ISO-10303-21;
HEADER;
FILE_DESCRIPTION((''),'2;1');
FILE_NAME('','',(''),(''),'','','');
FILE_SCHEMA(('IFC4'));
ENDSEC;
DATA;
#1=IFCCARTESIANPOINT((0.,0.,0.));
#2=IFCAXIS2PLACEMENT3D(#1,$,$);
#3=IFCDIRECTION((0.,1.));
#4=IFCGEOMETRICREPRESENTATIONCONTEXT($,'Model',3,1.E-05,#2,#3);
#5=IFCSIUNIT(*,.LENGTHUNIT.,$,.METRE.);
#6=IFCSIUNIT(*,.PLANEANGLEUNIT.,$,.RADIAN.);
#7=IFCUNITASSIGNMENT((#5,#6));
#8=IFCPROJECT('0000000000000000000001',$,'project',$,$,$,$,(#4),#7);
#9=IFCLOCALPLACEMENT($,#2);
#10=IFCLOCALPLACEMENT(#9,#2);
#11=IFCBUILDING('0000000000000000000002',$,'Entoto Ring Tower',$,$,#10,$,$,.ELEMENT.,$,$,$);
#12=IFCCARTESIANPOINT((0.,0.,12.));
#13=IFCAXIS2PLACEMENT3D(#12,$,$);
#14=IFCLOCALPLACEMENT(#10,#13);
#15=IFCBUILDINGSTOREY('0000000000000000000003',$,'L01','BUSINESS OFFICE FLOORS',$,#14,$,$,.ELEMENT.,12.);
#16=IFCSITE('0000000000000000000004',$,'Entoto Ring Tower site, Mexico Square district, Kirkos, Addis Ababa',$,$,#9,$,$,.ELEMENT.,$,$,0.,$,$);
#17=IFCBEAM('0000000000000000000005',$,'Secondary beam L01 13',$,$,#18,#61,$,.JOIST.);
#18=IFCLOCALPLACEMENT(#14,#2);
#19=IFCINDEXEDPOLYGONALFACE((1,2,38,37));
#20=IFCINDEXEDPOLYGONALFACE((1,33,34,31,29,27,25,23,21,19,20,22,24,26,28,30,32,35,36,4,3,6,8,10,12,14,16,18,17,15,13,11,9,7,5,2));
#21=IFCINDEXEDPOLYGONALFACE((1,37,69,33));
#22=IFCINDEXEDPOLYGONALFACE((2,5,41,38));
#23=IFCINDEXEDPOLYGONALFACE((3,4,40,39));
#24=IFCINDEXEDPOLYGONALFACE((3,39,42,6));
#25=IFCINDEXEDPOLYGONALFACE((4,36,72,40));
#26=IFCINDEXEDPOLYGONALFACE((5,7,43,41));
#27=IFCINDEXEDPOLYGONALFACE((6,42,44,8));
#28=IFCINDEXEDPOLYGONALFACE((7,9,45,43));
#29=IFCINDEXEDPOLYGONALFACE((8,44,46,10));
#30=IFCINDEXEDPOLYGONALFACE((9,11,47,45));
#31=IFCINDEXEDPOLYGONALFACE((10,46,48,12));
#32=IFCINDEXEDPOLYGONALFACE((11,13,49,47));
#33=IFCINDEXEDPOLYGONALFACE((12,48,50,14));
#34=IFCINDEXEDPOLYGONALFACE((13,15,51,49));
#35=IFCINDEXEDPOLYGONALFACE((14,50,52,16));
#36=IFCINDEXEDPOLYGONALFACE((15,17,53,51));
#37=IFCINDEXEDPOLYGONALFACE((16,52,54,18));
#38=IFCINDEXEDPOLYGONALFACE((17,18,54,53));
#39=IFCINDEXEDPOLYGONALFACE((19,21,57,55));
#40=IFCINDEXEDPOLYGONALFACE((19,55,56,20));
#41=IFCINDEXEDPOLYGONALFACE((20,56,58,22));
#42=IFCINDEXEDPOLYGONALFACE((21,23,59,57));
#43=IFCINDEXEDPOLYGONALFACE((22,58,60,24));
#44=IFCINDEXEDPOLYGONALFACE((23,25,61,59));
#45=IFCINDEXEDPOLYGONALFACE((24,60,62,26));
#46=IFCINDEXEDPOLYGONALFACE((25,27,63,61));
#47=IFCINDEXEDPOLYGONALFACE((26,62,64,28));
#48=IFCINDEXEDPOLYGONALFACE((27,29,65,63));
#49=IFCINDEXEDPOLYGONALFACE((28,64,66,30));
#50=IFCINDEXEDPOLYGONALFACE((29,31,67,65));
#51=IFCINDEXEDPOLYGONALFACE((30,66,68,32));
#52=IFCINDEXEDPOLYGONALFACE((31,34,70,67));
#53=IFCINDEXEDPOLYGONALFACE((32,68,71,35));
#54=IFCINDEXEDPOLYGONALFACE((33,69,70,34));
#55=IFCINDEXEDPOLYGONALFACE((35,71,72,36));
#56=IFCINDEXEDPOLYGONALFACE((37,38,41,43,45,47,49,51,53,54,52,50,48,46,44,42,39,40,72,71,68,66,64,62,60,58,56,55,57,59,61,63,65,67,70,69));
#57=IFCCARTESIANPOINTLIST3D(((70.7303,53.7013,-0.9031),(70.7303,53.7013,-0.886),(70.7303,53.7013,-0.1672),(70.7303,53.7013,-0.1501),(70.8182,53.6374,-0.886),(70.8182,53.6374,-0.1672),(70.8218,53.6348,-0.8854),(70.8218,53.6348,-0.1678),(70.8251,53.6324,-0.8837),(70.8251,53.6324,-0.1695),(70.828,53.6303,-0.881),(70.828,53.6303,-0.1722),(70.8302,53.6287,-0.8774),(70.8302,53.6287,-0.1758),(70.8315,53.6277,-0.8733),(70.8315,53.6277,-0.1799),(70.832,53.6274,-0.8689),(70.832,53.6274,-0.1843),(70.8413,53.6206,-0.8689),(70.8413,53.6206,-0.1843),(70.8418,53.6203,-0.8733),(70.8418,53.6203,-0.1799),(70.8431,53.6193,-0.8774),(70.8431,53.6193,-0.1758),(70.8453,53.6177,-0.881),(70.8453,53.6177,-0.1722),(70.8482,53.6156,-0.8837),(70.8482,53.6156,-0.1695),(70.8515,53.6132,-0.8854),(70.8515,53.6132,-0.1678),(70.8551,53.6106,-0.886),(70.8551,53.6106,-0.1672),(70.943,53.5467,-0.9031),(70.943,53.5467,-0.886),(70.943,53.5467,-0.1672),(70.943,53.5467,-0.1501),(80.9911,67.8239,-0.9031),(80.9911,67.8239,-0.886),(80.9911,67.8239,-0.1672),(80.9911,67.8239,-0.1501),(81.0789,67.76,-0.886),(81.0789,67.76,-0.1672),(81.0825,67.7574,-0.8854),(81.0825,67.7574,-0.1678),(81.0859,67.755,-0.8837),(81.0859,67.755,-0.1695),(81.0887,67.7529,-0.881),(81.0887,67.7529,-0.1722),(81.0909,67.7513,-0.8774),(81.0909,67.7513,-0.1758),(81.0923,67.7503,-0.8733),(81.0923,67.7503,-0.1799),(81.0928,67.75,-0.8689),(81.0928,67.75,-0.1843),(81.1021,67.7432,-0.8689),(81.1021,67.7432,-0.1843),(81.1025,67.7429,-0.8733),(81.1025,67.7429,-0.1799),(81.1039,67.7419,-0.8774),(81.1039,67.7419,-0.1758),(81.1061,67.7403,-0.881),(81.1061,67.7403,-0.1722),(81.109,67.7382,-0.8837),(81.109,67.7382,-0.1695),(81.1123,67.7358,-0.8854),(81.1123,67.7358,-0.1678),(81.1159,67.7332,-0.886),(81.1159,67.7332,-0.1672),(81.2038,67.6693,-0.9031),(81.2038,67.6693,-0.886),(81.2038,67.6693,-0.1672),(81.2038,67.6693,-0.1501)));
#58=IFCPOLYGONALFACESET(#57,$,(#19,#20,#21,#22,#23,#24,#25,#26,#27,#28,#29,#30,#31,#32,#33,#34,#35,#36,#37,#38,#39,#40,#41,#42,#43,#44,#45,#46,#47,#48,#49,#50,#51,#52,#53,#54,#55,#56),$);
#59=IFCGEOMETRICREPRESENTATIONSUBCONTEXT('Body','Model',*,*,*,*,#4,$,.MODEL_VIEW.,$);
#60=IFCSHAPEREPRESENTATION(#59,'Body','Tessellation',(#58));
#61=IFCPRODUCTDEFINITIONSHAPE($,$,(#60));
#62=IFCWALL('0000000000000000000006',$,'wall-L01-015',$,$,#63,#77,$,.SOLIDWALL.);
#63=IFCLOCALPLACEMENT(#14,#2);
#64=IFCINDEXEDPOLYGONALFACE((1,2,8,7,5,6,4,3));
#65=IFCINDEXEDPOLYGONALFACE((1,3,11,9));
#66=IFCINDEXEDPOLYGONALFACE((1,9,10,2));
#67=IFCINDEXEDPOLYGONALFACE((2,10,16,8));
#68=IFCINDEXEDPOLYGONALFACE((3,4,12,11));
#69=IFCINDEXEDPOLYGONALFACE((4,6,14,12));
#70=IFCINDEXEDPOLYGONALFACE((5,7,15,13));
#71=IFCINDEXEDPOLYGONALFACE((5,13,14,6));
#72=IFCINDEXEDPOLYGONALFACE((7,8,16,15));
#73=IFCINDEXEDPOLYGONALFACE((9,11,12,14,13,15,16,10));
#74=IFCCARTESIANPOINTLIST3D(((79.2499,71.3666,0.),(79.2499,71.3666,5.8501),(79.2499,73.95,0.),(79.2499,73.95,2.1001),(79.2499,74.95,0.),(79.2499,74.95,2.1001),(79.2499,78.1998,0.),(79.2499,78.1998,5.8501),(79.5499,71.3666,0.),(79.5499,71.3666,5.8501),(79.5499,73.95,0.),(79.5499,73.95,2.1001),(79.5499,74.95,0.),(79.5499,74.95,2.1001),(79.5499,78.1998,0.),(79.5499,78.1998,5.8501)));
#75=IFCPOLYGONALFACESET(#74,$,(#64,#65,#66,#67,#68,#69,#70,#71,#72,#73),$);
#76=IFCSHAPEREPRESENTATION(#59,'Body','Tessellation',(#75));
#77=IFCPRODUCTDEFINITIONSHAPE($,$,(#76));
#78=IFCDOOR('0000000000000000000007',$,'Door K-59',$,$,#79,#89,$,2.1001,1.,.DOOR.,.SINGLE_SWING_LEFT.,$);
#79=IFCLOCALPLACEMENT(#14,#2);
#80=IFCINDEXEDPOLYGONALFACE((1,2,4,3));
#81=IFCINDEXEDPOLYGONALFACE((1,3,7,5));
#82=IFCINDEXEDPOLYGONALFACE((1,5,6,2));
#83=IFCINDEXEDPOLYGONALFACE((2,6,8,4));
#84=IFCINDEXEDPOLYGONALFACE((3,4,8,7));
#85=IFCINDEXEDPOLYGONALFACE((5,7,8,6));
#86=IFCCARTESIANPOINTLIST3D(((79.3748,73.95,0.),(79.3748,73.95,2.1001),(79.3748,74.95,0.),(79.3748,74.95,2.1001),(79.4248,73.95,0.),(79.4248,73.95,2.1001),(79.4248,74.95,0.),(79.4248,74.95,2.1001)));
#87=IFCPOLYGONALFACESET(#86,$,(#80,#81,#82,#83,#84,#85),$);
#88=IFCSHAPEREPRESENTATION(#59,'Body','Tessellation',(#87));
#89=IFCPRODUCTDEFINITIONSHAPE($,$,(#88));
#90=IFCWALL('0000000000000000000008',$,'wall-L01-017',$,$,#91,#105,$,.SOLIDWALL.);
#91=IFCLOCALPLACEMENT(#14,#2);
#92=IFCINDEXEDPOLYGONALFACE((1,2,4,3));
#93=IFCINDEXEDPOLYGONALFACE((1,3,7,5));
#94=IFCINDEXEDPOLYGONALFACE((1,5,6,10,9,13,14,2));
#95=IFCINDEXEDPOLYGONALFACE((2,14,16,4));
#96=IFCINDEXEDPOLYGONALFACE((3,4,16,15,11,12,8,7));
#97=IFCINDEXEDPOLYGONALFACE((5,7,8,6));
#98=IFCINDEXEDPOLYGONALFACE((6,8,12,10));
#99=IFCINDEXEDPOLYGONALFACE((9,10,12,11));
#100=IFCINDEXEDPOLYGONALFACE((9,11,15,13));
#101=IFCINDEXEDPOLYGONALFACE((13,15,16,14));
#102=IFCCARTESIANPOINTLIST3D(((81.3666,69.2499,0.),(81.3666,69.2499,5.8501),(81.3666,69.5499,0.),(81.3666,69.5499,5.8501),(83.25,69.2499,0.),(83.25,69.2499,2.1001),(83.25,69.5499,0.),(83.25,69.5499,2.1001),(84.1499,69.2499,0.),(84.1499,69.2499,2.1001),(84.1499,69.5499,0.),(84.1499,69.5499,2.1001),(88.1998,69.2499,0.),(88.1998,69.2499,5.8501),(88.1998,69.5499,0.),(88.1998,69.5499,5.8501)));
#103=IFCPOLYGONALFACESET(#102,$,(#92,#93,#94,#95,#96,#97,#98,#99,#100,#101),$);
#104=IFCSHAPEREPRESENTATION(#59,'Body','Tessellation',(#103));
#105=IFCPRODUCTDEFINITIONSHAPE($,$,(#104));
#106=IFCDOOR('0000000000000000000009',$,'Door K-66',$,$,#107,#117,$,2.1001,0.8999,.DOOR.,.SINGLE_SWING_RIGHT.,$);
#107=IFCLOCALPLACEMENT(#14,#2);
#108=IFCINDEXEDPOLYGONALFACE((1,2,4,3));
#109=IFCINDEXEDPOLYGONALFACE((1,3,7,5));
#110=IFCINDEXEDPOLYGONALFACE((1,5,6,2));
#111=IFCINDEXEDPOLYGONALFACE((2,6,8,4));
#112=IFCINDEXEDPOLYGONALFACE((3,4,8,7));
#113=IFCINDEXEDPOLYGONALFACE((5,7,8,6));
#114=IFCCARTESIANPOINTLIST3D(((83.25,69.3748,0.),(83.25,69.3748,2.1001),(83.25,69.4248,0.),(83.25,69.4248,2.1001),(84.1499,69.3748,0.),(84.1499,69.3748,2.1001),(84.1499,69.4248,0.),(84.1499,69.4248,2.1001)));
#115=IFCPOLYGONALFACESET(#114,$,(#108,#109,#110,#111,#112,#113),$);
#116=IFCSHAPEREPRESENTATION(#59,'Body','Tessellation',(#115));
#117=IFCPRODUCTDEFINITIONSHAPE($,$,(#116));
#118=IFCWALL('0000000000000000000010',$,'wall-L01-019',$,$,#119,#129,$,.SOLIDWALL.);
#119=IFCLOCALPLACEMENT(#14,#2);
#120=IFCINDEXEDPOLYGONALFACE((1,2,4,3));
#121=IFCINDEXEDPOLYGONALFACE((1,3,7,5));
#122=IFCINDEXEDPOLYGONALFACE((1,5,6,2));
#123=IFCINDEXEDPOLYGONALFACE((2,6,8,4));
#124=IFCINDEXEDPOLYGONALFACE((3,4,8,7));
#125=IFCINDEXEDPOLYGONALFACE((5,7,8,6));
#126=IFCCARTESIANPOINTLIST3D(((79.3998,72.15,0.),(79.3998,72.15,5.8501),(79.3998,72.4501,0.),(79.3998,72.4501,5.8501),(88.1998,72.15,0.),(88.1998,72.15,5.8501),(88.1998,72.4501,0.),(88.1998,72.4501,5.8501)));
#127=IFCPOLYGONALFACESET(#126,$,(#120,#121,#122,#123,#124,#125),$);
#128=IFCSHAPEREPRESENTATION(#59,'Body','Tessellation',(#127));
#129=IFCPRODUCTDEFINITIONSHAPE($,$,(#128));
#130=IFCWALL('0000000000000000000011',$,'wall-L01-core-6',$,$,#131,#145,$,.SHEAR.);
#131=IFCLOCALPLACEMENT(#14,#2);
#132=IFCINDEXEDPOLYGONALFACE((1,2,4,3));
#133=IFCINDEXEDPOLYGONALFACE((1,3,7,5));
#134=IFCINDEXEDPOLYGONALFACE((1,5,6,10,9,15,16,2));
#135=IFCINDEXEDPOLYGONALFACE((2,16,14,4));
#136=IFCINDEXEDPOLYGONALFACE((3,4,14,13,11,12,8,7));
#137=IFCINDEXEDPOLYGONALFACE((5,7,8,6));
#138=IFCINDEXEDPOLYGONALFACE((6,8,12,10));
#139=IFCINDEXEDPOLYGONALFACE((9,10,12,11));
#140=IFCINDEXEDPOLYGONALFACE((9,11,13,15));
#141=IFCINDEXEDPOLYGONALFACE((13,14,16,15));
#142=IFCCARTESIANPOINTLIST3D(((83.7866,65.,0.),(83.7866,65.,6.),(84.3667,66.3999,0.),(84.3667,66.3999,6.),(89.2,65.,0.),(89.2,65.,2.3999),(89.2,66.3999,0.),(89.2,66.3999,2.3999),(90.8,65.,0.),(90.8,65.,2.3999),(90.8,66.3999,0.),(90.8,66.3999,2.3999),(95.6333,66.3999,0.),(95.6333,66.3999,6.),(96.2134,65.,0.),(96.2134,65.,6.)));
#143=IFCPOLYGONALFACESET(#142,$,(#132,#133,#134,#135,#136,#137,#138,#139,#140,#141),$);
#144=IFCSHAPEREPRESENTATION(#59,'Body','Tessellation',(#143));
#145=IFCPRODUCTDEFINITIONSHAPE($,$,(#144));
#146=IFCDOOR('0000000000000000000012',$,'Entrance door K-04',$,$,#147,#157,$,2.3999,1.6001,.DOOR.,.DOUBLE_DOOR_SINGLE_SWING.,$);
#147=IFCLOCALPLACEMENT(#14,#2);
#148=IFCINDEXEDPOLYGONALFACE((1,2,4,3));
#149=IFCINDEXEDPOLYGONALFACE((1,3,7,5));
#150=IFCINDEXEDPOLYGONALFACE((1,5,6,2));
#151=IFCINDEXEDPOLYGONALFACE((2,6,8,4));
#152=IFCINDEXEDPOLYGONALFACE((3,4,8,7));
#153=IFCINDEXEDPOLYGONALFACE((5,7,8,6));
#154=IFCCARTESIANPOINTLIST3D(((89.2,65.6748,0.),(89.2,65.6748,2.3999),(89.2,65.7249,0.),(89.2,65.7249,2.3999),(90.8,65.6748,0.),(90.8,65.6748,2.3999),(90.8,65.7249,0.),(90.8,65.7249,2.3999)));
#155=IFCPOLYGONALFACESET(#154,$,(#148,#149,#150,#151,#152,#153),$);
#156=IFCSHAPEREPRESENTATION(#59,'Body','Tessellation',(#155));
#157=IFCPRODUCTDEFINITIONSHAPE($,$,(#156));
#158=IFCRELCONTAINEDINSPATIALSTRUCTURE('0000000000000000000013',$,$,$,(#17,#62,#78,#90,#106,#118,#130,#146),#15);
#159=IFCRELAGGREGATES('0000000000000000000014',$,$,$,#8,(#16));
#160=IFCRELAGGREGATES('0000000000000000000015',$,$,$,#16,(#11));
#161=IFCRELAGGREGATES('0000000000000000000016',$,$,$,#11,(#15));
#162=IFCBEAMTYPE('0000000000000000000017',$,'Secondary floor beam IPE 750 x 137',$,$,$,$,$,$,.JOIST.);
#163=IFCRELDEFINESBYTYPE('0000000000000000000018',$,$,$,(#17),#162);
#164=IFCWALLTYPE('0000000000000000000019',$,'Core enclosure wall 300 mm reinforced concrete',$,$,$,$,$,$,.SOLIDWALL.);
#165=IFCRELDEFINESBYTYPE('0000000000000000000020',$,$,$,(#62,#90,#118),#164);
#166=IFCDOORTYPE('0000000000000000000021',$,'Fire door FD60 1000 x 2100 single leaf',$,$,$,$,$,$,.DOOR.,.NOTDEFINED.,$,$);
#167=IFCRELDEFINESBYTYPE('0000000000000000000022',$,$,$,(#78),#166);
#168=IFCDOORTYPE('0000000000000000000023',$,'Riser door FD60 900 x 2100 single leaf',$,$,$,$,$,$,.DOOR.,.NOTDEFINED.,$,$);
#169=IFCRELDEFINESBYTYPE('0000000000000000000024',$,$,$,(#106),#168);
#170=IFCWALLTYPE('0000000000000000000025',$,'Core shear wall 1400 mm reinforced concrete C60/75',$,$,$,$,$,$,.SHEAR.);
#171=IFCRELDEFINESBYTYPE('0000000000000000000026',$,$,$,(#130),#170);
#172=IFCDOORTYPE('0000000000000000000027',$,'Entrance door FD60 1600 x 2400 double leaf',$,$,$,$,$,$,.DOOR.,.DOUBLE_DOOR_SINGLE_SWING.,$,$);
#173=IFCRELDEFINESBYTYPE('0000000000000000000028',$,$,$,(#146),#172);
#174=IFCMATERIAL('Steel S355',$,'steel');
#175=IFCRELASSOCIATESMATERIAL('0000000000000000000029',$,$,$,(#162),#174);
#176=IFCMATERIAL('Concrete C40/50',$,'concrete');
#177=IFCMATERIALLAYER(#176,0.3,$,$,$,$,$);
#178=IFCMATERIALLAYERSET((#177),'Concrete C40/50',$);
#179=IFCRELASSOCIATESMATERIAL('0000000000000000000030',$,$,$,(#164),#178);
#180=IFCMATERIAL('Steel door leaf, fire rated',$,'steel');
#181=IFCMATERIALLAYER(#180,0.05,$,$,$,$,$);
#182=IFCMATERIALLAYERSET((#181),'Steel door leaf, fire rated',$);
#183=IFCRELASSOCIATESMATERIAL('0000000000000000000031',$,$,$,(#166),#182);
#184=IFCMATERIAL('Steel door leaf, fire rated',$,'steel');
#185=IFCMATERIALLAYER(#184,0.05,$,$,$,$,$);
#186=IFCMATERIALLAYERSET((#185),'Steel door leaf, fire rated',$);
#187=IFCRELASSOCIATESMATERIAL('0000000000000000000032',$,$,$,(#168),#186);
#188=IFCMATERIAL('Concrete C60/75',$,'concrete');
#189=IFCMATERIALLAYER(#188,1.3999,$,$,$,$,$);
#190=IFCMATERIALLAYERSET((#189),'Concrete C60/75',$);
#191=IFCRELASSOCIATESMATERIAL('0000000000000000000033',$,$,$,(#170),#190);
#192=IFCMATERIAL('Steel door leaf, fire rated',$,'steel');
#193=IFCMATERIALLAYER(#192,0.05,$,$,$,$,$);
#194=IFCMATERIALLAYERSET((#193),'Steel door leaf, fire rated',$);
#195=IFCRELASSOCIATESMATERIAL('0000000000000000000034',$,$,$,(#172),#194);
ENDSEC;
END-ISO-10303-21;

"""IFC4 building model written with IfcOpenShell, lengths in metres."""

from ifc_helpers import new_model, si_unit, direction, frame, frame_2d, origin, origin_2d, place, context, subcontext, project, spatial, polyline, rectangle, i_section, outline, extrude, material, layer, layer_set, material_profile, profile_set, type_object, element, fill, save


model = new_model("IFC4")

# Units and contexts
model_context = context("Model", 3, precision=1e-05, world=origin(), true_north=direction((0.0, 1.0)))
body_context = subcontext(model_context, "Body", "Model", "MODEL_VIEW")
ifc_project = project(units=[si_unit("LENGTHUNIT", "METRE"), si_unit("PLANEANGLEUNIT", "RADIAN")], contexts=[model_context])

# Site, building, storey
site_placement = place(None, origin())
site = spatial("IfcSite", under=ifc_project, at=site_placement, Name="Entoto Ring Tower site, Mexico Square district, Kirkos, Addis Ababa", CompositionType="ELEMENT", RefElevation=0.0)
building_placement = place(site_placement, origin())
building = spatial("IfcBuilding", under=site, at=building_placement, Name="Entoto Ring Tower", CompositionType="ELEMENT")
storey_placement = place(building_placement, frame((0.0, 0.0, 12.0)))
storey = spatial("IfcBuildingStorey", under=building, at=storey_placement, Name="L01", Description="BUSINESS OFFICE FLOORS", CompositionType="ELEMENT", Elevation=12.0)

# Beam
ifc_material_1 = material(Name="Steel S355", Category="steel")
ifc_material_profile_1 = material_profile(ifc_material_1, i_section(OverallWidth=0.2629, OverallDepth=0.7529, WebThickness=0.0115, FlangeThickness=0.0171, FilletRadius=0.0171, at=origin_2d()), Name="IPE 750 x 137")
ifc_profile_set_1 = profile_set([ifc_material_profile_1], Name="Steel S355")
beam_type_1 = type_object("IfcBeamType", Name="Secondary floor beam IPE 750 x 137", PredefinedType="JOIST", material=ifc_profile_set_1)
for number, where, z_axis, x_axis, name in (
    (1, (81.0974, 67.7466, -0.5266), (-0.587789, -0.809014, 0.0), (0.809014, -0.587789, 0.0), "Secondary beam L01 13"),
):
    element("IfcBeam", number, at=place(storey_placement, frame(where, z_axis=z_axis, x_axis=x_axis)), inside=storey, type_object=beam_type_1, Name=name, PredefinedType="JOIST", context=body_context, shape_type="SweptSolid", body=[
        extrude(i_section(OverallWidth=0.2629, OverallDepth=0.7529, WebThickness=0.0115, FlangeThickness=0.0171, FilletRadius=0.0171, at=origin_2d()), origin(), (0.0, 0.0, 1.0), 17.4565),
    ])

# Walls, openings, doors
ifc_material_2 = material(Name="Concrete C40/50", Category="concrete")
ifc_layer_1 = layer(ifc_material_2, 0.3)
ifc_layer_set_1 = layer_set([ifc_layer_1], Name="Concrete C40/50")
wall_type_1 = type_object("IfcWallType", Name="Core enclosure wall 300 mm reinforced concrete", PredefinedType="SOLIDWALL", material=ifc_layer_set_1)
wall_1_placement = place(storey_placement, frame((79.3999, 71.3667, 0.0), z_axis=(0.0, 0.0, 1.0), x_axis=(0.0, 1.0, 0.0)))
wall_1 = element("IfcWall", 2, at=wall_1_placement, inside=storey, type_object=wall_type_1, Name="wall-L01-015", PredefinedType="SOLIDWALL", context=body_context, shape_type="SweptSolid", body=[
    extrude(rectangle(XDim=6.8333, YDim=0.3, at=frame_2d((3.4165, 0.0))), origin(), (0.0, 0.0, 1.0), 5.8501),
])
opening_1_placement = place(wall_1_placement, frame((2.5833, 0.0, 0.0)))
opening_1 = element("IfcOpeningElement", 3, at=opening_1_placement, cuts=wall_1, PredefinedType="OPENING", context=body_context, shape_type="SweptSolid", body=[
    extrude(rectangle(XDim=1.0, YDim=2.1001, at=frame_2d((0.5, 1.05))), frame((0.0, 0.1602, 0.0), z_axis=(0.0, -1.0, 0.0), x_axis=(1.0, 0.0, 0.0)), (0.0, 0.0, 1.0), 0.3201),
])
ifc_material_3 = material(Name="Steel door leaf, fire rated", Category="steel")
ifc_layer_2 = layer(ifc_material_3, 0.05)
ifc_layer_set_2 = layer_set([ifc_layer_2], Name="Steel door leaf, fire rated")
door_type_1 = type_object("IfcDoorType", Name="Fire door FD60 1000 x 2100 single leaf", OperationType="NOTDEFINED", PredefinedType="DOOR", material=ifc_layer_set_2)
door_1_placement = place(opening_1_placement, frame((1.0, 0.0, 0.0), z_axis=(0.0, 0.0, 1.0), x_axis=(-1.0, 0.0, 0.0)))
door_1 = element("IfcDoor", 4, at=door_1_placement, inside=storey, type_object=door_type_1, Name="Door K-59", OperationType="SINGLE_SWING_LEFT", OverallHeight=2.1001, OverallWidth=1.0, PredefinedType="DOOR", context=body_context, shape_type="SweptSolid", body=[
    extrude(rectangle(XDim=1.0, YDim=2.1001, at=frame_2d((0.5, 1.05))), frame((0.0, 0.0249, 0.0), z_axis=(0.0, -1.0, 0.0), x_axis=(1.0, 0.0, 0.0)), (0.0, 0.0, 1.0), 0.05),
])
fill(opening_1, door_1)
wall_2_placement = place(storey_placement, frame((81.3667, 69.3999, 0.0), z_axis=(0.0, 0.0, 1.0), x_axis=(1.0, 0.0, 0.0)))
wall_2 = element("IfcWall", 5, at=wall_2_placement, inside=storey, type_object=wall_type_1, Name="wall-L01-017", PredefinedType="SOLIDWALL", context=body_context, shape_type="SweptSolid", body=[
    extrude(rectangle(XDim=6.8333, YDim=0.3, at=frame_2d((3.4165, 0.0))), origin(), (0.0, 0.0, 1.0), 5.8501),
])
opening_2_placement = place(wall_2_placement, frame((1.8833, 0.0, 0.0)))
opening_2 = element("IfcOpeningElement", 6, at=opening_2_placement, cuts=wall_2, PredefinedType="OPENING", context=body_context, shape_type="SweptSolid", body=[
    extrude(rectangle(XDim=0.8999, YDim=2.1001, at=frame_2d((0.45, 1.05))), frame((0.0, 0.1602, 0.0), z_axis=(0.0, -1.0, 0.0), x_axis=(1.0, 0.0, 0.0)), (0.0, 0.0, 1.0), 0.3201),
])
ifc_material_4 = material(Name="Steel door leaf, fire rated", Category="steel")
ifc_layer_3 = layer(ifc_material_4, 0.05)
ifc_layer_set_3 = layer_set([ifc_layer_3], Name="Steel door leaf, fire rated")
door_type_2 = type_object("IfcDoorType", Name="Riser door FD60 900 x 2100 single leaf", OperationType="NOTDEFINED", PredefinedType="DOOR", material=ifc_layer_set_3)
door_2_placement = place(opening_2_placement, origin())
door_2 = element("IfcDoor", 7, at=door_2_placement, inside=storey, type_object=door_type_2, Name="Door K-66", OperationType="SINGLE_SWING_RIGHT", OverallHeight=2.1001, OverallWidth=0.8999, PredefinedType="DOOR", context=body_context, shape_type="SweptSolid", body=[
    extrude(rectangle(XDim=0.8999, YDim=2.1001, at=frame_2d((0.45, 1.05))), frame((0.0, 0.0249, 0.0), z_axis=(0.0, -1.0, 0.0), x_axis=(1.0, 0.0, 0.0)), (0.0, 0.0, 1.0), 0.05),
])
fill(opening_2, door_2)

# Wall
wall_3_placement = place(storey_placement, frame((79.3999, 72.3, 0.0), z_axis=(0.0, 0.0, 1.0), x_axis=(1.0, 0.0, 0.0)))
element("IfcWall", 8, at=wall_3_placement, inside=storey, type_object=wall_type_1, Name="wall-L01-019", PredefinedType="SOLIDWALL", context=body_context, shape_type="SweptSolid", body=[
    extrude(rectangle(XDim=8.8, YDim=0.3, at=frame_2d((4.3999, 0.0))), origin(), (0.0, 0.0, 1.0), 5.8501),
])

# Wall, opening, door
ifc_material_5 = material(Name="Concrete C60/75", Category="concrete")
ifc_layer_4 = layer(ifc_material_5, 1.3999)
ifc_layer_set_4 = layer_set([ifc_layer_4], Name="Concrete C60/75")
wall_type_2 = type_object("IfcWallType", Name="Core shear wall 1400 mm reinforced concrete C60/75", PredefinedType="SHEAR", material=ifc_layer_set_4)
wall_4_placement = place(storey_placement, frame((84.0767, 65.7, 0.0), z_axis=(0.0, 0.0, 1.0), x_axis=(1.0, 0.0, 0.0)))
wall_4 = element("IfcWall", 9, at=wall_4_placement, inside=storey, type_object=wall_type_2, Name="wall-L01-core-6", PredefinedType="SHEAR", context=body_context, shape_type="SweptSolid", body=[
    extrude(outline(polyline([(-0.29, -0.7), (12.1367, -0.7), (11.5566, 0.7), (0.29, 0.7), (-0.29, -0.7)])), origin(), (0.0, 0.0, 1.0), 6.0),
])
opening_3_placement = place(wall_4_placement, frame((5.1233, 0.0, 0.0)))
opening_3 = element("IfcOpeningElement", 10, at=opening_3_placement, cuts=wall_4, PredefinedType="OPENING", context=body_context, shape_type="SweptSolid", body=[
    extrude(rectangle(XDim=1.6001, YDim=2.3999, at=frame_2d((0.8, 1.2))), frame((0.0, 0.71, 0.0), z_axis=(0.0, -1.0, 0.0), x_axis=(1.0, 0.0, 0.0)), (0.0, 0.0, 1.0), 1.4199),
])
ifc_material_6 = material(Name="Steel door leaf, fire rated", Category="steel")
ifc_layer_5 = layer(ifc_material_6, 0.05)
ifc_layer_set_5 = layer_set([ifc_layer_5], Name="Steel door leaf, fire rated")
door_type_3 = type_object("IfcDoorType", Name="Entrance door FD60 1600 x 2400 double leaf", OperationType="DOUBLE_DOOR_SINGLE_SWING", PredefinedType="DOOR", material=ifc_layer_set_5)
door_3_placement = place(opening_3_placement, origin())
door_3 = element("IfcDoor", 11, at=door_3_placement, inside=storey, type_object=door_type_3, Name="Entrance door K-04", OperationType="DOUBLE_DOOR_SINGLE_SWING", OverallHeight=2.3999, OverallWidth=1.6001, PredefinedType="DOOR", context=body_context, shape_type="SweptSolid", body=[
    extrude(rectangle(XDim=1.6001, YDim=2.3999, at=frame_2d((0.8, 1.2))), frame((0.0, 0.0249, 0.0), z_axis=(0.0, -1.0, 0.0), x_axis=(1.0, 0.0, 0.0)), (0.0, 0.0, 1.0), 0.05),
])
fill(opening_3, door_3)

save(model, "model.ifc")
